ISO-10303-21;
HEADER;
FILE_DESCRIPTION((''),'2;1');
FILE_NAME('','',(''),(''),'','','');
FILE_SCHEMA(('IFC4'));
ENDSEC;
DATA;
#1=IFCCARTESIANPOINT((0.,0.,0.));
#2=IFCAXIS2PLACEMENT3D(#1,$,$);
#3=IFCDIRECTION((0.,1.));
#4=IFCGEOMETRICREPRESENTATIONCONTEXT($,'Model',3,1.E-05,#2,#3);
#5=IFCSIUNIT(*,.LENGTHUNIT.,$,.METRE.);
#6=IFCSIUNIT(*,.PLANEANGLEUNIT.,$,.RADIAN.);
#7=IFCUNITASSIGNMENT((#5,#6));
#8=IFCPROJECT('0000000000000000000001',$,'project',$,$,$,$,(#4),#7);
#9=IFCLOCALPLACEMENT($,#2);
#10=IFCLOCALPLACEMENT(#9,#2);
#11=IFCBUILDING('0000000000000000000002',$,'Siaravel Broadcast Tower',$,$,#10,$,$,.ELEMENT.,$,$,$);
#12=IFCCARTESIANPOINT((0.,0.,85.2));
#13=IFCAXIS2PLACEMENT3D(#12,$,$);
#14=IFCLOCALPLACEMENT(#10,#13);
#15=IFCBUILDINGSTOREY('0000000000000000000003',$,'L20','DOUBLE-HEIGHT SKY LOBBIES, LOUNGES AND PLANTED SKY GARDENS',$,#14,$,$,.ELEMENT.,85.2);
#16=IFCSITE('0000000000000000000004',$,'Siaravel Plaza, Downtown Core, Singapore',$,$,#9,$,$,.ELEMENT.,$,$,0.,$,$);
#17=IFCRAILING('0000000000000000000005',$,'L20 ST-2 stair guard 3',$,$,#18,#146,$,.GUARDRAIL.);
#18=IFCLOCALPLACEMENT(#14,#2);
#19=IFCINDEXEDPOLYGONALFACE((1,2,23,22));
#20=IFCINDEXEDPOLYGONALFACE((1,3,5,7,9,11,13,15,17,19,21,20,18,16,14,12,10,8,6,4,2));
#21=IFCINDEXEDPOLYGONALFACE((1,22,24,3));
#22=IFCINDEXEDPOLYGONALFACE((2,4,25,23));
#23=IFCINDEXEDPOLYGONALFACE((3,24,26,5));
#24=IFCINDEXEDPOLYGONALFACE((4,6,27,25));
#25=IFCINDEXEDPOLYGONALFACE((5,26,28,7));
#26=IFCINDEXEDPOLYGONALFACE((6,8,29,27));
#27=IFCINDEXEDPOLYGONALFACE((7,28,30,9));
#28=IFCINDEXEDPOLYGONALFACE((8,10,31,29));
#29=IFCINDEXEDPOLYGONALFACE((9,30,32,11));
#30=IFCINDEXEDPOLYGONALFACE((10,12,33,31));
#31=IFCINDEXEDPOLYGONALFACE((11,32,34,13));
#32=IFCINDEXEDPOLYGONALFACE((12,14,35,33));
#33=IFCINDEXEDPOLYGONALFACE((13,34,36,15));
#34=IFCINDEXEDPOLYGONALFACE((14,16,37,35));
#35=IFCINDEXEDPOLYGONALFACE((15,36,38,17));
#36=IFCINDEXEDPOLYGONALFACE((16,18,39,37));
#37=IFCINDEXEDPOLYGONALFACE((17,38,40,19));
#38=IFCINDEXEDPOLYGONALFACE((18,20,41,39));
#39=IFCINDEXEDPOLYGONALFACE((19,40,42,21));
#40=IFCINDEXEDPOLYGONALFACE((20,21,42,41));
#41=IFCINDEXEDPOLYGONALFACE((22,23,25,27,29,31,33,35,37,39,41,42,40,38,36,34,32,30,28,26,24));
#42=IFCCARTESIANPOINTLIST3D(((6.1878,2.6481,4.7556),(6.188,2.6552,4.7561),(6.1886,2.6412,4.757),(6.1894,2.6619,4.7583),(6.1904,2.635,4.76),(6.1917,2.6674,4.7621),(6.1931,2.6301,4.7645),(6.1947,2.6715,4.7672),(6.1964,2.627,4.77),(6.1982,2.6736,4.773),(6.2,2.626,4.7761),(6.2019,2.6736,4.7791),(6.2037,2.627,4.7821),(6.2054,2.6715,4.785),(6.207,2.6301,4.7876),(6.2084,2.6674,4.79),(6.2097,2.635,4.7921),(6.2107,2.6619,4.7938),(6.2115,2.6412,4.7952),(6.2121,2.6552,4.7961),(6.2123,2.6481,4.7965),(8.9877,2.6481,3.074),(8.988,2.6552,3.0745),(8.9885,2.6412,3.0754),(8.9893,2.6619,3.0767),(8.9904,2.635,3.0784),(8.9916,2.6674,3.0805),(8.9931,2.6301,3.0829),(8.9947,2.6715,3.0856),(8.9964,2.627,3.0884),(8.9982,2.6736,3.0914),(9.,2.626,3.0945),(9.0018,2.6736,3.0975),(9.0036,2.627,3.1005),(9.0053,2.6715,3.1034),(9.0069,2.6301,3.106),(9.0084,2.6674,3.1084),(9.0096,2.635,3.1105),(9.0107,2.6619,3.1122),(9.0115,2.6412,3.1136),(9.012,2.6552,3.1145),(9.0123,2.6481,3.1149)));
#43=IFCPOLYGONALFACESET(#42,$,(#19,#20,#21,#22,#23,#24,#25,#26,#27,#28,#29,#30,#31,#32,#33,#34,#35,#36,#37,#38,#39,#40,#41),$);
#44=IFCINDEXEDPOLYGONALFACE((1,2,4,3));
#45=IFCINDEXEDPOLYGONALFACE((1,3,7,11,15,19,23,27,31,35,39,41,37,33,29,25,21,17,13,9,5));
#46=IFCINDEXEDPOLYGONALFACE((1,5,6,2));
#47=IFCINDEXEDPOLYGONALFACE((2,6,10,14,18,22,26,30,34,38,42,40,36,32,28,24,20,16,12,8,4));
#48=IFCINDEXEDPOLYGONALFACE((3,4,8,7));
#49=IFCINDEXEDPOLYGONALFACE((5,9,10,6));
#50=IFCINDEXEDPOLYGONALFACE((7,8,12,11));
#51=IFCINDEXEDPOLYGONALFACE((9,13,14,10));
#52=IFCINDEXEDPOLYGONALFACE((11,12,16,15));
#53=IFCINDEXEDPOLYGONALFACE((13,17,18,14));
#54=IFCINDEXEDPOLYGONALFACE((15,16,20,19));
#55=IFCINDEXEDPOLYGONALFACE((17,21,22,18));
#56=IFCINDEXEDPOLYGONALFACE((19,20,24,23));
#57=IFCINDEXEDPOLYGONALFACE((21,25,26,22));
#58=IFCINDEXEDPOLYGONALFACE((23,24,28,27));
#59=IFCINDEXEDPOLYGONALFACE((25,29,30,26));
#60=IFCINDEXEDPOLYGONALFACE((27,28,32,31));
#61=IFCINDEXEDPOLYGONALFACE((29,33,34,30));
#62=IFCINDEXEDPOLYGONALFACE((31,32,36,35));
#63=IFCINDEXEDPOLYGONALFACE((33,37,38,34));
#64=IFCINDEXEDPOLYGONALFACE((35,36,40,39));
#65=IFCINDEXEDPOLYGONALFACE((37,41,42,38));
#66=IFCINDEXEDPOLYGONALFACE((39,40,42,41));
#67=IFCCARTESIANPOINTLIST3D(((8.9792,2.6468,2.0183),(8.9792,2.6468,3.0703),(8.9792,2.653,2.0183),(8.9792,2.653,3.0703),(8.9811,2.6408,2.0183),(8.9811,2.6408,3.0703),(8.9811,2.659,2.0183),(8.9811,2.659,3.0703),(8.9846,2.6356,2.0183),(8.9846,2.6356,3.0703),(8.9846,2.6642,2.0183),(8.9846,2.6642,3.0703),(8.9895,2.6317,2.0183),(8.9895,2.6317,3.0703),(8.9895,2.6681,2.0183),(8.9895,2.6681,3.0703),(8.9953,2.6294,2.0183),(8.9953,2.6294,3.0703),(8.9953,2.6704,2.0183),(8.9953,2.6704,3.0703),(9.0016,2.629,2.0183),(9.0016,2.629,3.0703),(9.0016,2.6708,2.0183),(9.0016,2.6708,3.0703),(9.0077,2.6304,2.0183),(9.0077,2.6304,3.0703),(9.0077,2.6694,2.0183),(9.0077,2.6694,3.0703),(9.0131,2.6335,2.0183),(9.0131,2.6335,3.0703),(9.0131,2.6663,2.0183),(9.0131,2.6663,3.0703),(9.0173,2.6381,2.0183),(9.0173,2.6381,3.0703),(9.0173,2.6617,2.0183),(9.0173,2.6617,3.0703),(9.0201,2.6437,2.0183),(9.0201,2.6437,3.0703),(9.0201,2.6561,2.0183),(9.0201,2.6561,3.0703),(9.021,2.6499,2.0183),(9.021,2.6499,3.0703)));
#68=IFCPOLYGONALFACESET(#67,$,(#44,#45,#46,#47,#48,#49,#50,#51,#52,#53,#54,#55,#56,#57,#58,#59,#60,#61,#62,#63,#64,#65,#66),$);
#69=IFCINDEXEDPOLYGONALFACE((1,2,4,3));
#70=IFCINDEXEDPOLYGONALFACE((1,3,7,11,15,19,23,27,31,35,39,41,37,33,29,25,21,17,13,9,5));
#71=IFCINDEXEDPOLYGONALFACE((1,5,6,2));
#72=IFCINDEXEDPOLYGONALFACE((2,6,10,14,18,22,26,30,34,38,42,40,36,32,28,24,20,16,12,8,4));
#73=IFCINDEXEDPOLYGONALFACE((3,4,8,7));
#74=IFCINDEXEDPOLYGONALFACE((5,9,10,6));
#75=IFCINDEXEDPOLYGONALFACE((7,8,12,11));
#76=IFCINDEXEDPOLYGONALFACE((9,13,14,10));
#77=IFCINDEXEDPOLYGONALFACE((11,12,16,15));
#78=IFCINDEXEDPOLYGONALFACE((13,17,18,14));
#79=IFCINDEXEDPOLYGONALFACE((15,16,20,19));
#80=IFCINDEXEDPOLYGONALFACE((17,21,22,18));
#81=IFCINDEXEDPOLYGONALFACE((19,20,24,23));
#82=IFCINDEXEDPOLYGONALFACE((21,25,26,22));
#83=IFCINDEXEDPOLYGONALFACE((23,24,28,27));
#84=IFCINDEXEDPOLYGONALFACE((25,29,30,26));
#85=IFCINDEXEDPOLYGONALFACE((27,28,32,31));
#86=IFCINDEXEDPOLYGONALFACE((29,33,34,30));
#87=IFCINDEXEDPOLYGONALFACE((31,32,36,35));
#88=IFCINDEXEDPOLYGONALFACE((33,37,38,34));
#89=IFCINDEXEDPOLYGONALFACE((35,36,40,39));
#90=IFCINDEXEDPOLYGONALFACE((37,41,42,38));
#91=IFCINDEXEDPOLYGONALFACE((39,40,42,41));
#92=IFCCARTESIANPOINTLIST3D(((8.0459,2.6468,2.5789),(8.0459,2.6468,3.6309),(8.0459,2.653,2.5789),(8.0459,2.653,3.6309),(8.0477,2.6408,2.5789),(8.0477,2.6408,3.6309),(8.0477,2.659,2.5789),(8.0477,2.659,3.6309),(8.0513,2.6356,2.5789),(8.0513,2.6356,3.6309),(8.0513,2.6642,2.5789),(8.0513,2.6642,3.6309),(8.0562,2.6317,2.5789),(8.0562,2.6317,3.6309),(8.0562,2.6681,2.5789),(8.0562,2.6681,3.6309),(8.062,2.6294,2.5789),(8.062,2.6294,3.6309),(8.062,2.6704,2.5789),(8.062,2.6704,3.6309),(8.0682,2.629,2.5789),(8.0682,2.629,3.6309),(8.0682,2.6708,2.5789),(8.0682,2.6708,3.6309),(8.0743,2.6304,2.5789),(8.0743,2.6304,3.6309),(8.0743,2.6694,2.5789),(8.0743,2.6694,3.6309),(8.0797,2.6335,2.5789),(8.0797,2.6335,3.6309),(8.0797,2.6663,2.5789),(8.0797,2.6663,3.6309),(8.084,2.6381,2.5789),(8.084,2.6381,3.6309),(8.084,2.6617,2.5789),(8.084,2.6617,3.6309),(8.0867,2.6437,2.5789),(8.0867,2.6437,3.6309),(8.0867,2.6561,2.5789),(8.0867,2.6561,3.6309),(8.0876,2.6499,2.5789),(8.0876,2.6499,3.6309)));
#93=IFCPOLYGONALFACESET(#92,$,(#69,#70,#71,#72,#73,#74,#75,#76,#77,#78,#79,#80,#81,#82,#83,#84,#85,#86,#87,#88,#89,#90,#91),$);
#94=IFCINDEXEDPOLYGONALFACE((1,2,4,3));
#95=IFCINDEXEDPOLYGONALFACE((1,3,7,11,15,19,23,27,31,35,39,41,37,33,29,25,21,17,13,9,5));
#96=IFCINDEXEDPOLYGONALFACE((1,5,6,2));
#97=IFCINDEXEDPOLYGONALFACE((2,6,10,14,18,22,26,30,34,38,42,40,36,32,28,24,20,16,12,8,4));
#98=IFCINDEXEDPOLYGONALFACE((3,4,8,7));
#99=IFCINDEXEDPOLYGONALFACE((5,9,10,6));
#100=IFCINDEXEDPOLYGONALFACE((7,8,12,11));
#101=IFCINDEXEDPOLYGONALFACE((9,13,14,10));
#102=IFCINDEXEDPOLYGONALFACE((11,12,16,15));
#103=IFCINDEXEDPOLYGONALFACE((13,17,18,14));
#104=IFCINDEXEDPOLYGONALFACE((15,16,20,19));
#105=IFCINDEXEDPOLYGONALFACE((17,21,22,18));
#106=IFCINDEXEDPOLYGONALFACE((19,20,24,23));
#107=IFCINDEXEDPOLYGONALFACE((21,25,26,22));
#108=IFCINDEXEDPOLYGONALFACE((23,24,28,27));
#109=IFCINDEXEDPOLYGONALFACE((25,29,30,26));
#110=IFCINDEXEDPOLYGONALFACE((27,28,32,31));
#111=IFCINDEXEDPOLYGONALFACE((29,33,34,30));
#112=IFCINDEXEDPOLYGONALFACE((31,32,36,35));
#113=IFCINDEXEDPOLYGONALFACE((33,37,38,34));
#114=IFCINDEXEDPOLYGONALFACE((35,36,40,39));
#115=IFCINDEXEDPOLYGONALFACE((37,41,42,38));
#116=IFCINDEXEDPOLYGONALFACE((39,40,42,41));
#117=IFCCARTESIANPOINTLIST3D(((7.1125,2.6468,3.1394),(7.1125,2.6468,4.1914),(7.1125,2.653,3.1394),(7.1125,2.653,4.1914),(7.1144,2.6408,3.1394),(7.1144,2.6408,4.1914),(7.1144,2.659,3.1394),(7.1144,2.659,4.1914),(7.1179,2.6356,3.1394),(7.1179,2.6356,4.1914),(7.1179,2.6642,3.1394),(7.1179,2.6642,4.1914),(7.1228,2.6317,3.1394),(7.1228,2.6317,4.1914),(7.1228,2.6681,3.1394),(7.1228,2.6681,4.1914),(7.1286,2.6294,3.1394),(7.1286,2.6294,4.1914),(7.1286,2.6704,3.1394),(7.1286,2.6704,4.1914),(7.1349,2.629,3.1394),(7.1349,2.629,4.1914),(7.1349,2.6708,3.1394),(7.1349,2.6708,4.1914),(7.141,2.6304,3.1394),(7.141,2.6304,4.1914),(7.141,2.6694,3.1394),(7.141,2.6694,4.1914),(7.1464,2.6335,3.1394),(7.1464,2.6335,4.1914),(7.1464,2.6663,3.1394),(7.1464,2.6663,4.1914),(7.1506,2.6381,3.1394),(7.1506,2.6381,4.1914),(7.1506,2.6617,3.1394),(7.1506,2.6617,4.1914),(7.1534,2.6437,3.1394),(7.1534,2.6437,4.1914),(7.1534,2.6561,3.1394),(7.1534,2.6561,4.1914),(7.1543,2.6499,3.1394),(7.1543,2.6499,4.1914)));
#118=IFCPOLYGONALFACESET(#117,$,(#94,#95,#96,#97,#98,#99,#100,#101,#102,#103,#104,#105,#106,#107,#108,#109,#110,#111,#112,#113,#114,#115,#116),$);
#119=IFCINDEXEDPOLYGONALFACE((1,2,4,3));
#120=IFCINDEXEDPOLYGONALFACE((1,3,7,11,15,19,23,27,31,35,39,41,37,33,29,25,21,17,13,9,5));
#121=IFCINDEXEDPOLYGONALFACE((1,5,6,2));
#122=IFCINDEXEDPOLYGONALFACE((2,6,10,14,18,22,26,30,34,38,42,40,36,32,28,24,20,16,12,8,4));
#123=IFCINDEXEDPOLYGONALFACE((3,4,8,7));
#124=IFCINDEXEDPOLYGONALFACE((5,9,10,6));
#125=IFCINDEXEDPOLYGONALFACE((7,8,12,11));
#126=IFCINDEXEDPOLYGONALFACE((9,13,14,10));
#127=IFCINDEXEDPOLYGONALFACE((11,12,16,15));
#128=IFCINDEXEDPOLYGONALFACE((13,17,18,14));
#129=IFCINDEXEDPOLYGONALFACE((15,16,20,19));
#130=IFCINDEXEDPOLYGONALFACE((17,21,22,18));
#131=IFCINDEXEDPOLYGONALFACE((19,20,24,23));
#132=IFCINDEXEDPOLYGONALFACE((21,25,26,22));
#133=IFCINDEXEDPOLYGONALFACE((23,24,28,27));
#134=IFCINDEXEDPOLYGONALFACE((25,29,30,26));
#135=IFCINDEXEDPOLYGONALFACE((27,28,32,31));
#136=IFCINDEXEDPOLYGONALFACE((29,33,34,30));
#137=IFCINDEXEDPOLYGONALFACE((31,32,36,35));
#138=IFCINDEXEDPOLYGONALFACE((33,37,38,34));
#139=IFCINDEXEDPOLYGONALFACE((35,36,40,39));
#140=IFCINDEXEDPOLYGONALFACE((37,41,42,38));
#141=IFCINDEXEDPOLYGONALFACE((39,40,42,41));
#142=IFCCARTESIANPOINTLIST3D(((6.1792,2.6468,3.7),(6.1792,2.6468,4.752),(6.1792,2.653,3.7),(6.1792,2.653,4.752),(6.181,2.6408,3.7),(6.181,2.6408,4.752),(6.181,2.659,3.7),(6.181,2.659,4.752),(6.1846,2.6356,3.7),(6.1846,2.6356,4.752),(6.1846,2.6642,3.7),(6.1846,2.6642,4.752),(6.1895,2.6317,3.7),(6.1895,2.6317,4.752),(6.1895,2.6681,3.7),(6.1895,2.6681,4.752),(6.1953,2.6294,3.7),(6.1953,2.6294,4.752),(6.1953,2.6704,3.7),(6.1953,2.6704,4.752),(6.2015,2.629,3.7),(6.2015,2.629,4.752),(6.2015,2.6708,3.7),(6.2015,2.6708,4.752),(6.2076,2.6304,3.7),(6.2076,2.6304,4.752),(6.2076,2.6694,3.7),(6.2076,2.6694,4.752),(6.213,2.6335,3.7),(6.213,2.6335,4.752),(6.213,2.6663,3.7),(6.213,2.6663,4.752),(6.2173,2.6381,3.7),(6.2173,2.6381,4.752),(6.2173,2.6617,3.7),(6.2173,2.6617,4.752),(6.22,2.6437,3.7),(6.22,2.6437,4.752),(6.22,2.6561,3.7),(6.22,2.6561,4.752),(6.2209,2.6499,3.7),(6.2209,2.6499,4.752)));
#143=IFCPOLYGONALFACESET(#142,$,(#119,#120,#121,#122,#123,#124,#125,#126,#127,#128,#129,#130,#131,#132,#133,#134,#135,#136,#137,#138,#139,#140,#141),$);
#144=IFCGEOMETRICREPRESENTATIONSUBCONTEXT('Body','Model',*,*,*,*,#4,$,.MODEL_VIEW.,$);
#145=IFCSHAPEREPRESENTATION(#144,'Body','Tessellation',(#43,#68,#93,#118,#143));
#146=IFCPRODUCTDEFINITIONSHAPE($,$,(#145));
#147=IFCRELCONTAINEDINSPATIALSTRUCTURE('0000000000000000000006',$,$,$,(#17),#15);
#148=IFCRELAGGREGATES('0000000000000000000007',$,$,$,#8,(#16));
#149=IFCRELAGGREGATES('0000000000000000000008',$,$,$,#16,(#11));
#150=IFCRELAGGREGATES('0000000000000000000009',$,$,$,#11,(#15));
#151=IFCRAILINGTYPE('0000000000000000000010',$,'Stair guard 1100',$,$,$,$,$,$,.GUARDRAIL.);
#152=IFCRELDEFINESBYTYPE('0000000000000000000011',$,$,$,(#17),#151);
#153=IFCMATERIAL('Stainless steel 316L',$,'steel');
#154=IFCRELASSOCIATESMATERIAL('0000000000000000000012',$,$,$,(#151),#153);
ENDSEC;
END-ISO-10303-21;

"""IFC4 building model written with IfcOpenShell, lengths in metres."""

from ifc_helpers import new_model, si_unit, direction, frame, origin, origin_2d, place, context, subcontext, project, spatial, circle, extrude, material, type_object, element, save


model = new_model("IFC4")

# Units and contexts
model_context = context("Model", 3, precision=1e-05, world=origin(), true_north=direction((0.0, 1.0)))
body_context = subcontext(model_context, "Body", "Model", "MODEL_VIEW")
ifc_project = project(units=[si_unit("LENGTHUNIT", "METRE"), si_unit("PLANEANGLEUNIT", "RADIAN")], contexts=[model_context])

# Site, building, storey
site_placement = place(None, origin())
site = spatial("IfcSite", under=ifc_project, at=site_placement, Name="Siaravel Plaza, Downtown Core, Singapore", CompositionType="ELEMENT", RefElevation=0.0)
building_placement = place(site_placement, origin())
building = spatial("IfcBuilding", under=site, at=building_placement, Name="Siaravel Broadcast Tower", CompositionType="ELEMENT")
storey_placement = place(building_placement, frame((0.0, 0.0, 85.2)))
storey = spatial("IfcBuildingStorey", under=building, at=storey_placement, Name="L20", Description="DOUBLE-HEIGHT SKY LOBBIES, LOUNGES AND PLANTED SKY GARDENS", CompositionType="ELEMENT", Elevation=85.2)

# Railing
ifc_material_1 = material(Name="Stainless steel 316L", Category="steel")
railing_type_1 = type_object("IfcRailingType", Name="Stair guard 1100", PredefinedType="GUARDRAIL", material=ifc_material_1)
railing_1_placement = place(storey_placement, frame((9.0, 2.6499, 2.0183)))
element("IfcRailing", 1, at=railing_1_placement, inside=storey, type_object=railing_type_1, Name="L20 ST-2 stair guard 3", PredefinedType="GUARDRAIL", context=body_context, shape_type="SweptSolid", body=[
    extrude(circle(Radius=0.0239, at=origin_2d()), frame((0.0, 0.0, 1.0762), z_axis=(-0.857275, 0.0, 0.514858), x_axis=(0.0, -1.0, 0.0)), (0.0, 0.0, 1.0), 3.2661),
    extrude(circle(Radius=0.021, at=origin_2d()), origin(), (0.0, 0.0, 1.0), 1.052),
    extrude(circle(Radius=0.021, at=origin_2d()), frame((-0.9333, 0.0, 0.5605)), (0.0, 0.0, 1.0), 1.052),
    extrude(circle(Radius=0.021, at=origin_2d()), frame((-1.8667, 0.0, 1.1211)), (0.0, 0.0, 1.0), 1.052),
    extrude(circle(Radius=0.021, at=origin_2d()), frame((-2.8, 0.0, 1.6816)), (0.0, 0.0, 1.0), 1.052),
])

save(model, "model.ifc")
